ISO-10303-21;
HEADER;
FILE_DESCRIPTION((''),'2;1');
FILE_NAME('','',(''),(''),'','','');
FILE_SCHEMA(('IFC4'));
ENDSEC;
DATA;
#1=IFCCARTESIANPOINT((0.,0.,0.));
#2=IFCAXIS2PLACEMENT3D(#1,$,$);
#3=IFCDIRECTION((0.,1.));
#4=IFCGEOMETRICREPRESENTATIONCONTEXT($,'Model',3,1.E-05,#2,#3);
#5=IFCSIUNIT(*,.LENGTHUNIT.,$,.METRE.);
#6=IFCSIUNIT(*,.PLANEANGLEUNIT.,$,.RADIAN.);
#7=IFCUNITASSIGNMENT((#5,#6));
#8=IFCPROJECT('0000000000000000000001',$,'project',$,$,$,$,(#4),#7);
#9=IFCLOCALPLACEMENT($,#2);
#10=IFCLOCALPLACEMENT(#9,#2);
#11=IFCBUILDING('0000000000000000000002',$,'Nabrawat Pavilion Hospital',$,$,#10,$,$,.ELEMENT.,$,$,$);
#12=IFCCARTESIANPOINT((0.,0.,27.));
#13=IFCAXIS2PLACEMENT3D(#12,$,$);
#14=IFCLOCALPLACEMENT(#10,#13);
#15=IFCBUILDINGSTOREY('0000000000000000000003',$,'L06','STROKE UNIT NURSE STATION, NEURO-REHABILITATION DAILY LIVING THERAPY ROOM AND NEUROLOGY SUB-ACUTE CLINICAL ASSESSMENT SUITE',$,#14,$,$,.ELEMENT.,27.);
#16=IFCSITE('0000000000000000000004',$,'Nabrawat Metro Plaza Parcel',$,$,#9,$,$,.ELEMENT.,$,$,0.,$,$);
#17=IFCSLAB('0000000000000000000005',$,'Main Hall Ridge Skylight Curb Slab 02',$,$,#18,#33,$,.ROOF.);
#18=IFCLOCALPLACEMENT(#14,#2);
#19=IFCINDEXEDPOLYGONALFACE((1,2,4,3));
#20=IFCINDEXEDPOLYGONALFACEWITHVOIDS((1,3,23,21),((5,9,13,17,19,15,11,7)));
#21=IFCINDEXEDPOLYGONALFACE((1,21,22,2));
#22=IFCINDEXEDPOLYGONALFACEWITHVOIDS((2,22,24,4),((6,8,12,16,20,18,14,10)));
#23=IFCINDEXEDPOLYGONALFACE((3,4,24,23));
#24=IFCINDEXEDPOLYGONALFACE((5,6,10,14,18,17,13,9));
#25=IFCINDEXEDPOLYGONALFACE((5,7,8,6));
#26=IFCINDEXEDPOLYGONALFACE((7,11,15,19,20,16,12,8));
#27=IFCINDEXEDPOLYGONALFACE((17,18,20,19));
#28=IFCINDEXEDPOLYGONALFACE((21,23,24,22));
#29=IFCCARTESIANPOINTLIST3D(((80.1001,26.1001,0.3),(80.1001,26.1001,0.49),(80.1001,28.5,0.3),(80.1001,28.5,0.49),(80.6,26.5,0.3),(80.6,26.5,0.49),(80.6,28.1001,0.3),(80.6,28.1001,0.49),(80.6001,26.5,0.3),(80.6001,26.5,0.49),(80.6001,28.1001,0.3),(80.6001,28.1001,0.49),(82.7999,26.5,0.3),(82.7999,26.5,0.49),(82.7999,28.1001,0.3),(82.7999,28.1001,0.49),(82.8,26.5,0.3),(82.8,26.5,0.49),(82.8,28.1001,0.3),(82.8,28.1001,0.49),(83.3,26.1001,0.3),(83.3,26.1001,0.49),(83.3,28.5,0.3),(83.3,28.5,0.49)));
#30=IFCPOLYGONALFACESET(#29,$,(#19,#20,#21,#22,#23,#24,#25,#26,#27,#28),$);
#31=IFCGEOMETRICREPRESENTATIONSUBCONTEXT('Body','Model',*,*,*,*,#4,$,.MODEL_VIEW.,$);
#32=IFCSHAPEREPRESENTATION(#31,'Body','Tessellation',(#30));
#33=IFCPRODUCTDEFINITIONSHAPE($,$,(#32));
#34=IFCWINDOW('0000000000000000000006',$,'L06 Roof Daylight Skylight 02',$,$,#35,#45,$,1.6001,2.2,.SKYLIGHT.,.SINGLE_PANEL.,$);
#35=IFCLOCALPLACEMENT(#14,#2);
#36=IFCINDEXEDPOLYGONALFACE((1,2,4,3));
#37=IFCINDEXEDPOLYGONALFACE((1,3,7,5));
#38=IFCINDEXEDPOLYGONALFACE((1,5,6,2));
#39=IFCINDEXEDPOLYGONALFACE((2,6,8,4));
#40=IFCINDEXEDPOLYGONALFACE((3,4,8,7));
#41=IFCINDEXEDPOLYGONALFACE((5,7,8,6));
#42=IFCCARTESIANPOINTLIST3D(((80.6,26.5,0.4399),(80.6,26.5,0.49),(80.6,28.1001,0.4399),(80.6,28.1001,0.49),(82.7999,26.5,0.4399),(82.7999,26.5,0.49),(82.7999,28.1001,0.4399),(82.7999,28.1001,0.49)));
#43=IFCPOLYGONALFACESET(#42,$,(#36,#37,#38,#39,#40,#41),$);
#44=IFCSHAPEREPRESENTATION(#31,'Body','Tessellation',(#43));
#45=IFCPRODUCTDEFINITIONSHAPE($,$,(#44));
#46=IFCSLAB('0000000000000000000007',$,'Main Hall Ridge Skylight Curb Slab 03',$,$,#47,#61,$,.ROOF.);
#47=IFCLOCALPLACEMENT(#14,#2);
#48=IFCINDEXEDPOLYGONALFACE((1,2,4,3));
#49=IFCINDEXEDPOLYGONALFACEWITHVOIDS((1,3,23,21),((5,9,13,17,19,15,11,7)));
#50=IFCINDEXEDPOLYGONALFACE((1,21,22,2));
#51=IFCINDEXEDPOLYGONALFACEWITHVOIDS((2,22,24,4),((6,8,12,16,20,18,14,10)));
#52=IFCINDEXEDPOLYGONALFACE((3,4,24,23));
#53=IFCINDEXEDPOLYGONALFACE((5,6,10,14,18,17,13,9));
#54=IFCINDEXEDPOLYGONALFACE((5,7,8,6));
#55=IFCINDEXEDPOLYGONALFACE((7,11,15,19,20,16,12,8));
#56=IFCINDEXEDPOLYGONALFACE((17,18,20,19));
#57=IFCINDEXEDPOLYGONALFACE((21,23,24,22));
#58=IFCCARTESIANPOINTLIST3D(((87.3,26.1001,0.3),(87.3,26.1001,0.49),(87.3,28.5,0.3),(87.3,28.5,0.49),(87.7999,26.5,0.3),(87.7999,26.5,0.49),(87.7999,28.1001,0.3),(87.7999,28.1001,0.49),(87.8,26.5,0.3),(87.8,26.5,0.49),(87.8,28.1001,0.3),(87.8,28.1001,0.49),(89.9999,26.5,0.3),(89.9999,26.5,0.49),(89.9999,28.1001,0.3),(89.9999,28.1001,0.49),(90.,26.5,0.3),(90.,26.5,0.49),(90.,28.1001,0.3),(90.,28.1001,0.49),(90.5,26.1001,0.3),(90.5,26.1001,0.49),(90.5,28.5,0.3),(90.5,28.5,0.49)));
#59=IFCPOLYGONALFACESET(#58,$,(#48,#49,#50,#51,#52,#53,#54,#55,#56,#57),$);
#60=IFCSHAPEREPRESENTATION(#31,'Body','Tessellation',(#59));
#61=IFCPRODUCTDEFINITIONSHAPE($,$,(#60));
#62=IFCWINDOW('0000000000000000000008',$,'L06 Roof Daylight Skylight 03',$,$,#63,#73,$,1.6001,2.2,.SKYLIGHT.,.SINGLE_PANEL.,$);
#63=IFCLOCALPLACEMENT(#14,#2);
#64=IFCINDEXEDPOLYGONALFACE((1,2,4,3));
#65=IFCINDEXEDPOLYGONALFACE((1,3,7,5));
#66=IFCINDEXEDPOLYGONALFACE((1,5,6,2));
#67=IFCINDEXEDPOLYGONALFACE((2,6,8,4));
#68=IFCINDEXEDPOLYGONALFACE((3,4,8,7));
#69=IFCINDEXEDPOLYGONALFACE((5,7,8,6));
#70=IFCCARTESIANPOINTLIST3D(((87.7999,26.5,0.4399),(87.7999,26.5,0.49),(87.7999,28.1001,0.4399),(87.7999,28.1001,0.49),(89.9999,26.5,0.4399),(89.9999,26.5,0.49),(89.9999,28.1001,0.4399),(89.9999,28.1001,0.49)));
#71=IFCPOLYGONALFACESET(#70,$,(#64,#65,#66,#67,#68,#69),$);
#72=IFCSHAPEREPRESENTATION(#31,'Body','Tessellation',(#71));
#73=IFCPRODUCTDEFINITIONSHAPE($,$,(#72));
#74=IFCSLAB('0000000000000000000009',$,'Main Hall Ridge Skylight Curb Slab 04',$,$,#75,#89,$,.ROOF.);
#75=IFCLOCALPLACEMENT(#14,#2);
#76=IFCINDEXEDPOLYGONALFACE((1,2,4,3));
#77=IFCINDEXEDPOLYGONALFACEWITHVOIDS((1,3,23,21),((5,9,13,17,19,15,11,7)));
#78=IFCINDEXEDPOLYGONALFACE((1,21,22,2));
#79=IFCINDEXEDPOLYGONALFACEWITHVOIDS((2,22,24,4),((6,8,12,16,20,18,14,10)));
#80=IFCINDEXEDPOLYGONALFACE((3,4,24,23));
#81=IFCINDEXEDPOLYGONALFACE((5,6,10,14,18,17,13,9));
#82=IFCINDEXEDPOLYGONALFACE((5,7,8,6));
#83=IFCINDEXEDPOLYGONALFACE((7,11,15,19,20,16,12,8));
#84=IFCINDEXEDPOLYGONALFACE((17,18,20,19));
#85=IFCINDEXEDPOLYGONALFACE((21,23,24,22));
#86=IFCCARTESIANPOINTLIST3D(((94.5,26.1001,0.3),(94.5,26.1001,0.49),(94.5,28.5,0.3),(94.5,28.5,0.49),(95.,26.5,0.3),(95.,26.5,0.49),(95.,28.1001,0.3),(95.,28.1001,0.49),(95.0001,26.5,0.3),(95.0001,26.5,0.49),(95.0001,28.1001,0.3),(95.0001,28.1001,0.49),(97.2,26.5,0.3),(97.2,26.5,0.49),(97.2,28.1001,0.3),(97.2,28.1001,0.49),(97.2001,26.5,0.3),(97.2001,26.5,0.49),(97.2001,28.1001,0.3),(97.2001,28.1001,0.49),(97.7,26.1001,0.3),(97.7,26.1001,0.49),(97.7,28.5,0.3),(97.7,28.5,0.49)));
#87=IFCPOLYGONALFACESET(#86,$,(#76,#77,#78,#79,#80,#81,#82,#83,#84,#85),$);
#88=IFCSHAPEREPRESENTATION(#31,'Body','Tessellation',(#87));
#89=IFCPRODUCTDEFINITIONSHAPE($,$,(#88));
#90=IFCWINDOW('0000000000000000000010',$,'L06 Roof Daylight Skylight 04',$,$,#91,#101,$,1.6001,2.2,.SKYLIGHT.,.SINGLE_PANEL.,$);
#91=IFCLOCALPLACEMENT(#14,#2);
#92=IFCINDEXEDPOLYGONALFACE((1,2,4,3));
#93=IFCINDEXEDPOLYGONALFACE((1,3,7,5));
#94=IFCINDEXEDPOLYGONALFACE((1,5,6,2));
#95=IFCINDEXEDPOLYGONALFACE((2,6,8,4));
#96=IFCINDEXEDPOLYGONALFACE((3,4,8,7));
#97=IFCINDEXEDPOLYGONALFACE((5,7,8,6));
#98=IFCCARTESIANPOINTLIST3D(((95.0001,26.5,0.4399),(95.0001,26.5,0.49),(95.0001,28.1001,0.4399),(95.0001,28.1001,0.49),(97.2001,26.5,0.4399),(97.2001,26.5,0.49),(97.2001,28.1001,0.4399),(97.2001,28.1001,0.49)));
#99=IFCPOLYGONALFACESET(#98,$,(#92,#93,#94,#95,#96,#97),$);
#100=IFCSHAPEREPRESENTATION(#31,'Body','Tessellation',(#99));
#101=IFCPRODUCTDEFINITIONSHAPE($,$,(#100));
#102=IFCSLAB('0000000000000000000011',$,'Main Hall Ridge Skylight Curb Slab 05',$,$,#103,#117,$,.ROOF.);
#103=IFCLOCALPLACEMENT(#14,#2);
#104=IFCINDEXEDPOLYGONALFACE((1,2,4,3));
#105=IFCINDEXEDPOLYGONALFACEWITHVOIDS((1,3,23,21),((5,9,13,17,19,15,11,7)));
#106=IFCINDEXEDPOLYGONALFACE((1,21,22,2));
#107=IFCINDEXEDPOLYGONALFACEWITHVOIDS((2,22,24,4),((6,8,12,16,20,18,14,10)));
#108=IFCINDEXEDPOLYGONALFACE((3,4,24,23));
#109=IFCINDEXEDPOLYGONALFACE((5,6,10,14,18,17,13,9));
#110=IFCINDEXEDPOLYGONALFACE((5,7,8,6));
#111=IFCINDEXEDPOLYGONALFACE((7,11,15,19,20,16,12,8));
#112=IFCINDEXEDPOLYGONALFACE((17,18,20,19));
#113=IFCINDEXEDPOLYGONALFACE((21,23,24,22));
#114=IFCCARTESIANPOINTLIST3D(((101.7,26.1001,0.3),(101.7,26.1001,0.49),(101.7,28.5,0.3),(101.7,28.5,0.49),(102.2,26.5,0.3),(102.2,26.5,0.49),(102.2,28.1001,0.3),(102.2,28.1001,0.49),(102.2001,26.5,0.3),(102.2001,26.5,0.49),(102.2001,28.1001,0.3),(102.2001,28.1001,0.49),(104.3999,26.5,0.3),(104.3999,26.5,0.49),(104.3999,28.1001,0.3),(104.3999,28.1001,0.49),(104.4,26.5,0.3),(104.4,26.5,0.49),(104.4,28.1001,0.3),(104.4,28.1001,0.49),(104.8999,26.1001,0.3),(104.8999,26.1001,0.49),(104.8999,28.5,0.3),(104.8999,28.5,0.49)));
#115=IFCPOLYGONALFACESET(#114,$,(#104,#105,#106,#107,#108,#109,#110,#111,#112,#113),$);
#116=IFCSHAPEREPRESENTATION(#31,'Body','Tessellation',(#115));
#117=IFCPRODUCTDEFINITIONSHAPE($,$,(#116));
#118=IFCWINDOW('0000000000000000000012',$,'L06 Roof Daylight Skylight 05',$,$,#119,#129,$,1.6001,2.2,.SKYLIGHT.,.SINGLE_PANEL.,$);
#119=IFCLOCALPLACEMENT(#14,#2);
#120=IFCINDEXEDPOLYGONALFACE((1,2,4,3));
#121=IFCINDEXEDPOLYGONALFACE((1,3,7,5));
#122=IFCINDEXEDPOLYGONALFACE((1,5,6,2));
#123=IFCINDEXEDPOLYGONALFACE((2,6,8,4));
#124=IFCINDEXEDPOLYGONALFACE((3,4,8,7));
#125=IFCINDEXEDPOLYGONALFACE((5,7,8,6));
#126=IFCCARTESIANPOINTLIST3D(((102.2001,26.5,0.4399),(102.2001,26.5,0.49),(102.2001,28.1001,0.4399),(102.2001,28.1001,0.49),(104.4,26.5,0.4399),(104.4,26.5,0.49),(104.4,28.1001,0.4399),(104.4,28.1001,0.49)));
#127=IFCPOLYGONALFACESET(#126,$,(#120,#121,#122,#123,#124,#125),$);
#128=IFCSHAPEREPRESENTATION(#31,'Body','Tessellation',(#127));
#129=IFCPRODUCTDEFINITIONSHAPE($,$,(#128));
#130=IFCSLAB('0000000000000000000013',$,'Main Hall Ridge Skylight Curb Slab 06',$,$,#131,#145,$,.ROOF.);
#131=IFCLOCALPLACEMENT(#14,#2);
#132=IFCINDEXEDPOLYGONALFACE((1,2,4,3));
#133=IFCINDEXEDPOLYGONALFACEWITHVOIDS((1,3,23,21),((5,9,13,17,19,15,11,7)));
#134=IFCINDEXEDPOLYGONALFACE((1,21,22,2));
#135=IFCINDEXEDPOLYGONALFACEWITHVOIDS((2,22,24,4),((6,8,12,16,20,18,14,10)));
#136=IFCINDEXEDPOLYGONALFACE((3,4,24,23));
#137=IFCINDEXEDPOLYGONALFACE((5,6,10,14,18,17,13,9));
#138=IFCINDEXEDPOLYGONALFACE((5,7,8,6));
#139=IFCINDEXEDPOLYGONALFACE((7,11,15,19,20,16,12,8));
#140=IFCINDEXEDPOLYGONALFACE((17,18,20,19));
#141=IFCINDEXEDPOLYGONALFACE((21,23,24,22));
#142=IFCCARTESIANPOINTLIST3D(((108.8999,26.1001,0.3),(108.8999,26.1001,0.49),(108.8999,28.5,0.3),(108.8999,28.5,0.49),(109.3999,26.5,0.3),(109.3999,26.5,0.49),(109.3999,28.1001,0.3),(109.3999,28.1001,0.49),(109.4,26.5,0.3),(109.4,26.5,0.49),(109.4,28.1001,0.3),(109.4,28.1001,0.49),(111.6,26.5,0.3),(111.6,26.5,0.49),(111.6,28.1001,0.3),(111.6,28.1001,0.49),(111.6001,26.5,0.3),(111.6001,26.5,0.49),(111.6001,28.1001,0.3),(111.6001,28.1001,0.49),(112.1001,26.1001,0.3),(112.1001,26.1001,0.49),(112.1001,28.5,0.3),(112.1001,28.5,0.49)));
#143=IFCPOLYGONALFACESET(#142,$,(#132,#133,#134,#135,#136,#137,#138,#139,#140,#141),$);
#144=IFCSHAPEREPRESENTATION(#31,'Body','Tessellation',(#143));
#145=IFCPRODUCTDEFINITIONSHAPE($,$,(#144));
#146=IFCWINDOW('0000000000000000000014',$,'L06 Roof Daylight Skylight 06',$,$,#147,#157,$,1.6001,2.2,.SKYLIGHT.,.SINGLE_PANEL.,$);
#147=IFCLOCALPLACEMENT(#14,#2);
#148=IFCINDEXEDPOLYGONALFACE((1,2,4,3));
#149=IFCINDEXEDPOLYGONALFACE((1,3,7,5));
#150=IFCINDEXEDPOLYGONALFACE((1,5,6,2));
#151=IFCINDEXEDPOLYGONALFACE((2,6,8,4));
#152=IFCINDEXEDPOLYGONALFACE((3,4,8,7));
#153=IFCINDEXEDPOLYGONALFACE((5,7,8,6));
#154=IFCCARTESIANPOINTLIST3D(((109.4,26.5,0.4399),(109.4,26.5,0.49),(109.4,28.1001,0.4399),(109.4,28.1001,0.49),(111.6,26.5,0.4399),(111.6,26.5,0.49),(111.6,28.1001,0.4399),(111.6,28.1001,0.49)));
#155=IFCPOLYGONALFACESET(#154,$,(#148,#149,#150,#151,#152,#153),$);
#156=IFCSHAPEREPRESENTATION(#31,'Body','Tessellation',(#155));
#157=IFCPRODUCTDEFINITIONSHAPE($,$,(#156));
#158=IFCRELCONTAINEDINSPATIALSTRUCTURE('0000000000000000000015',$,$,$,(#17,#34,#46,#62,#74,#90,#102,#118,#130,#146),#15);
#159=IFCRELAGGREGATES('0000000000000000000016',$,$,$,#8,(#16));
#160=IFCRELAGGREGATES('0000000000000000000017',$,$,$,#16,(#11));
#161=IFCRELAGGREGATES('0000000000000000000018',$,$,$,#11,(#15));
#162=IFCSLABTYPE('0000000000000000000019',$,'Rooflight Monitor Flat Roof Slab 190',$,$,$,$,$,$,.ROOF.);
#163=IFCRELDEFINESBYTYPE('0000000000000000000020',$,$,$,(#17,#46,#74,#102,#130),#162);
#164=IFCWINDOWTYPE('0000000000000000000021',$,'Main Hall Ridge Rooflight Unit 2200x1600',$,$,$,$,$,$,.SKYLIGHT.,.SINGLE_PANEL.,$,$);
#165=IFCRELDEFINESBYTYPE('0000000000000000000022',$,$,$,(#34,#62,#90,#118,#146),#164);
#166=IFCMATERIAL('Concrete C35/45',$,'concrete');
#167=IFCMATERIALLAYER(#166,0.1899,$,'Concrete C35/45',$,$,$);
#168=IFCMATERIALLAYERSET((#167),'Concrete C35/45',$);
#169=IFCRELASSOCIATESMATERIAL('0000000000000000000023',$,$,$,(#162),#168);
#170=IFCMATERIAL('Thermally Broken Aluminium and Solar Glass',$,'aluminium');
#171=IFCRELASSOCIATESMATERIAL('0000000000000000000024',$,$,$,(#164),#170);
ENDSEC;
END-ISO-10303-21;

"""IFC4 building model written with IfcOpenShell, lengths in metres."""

from ifc_helpers import new_model, si_unit, direction, frame, origin, origin_2d, place, context, subcontext, project, spatial, polyline, rectangle, outline, extrude, material, layer, layer_set, type_object, element, fill, save


model = new_model("IFC4")

# Units and contexts
model_context = context("Model", 3, precision=1e-05, world=origin(), true_north=direction((0.0, 1.0)))
body_context = subcontext(model_context, "Body", "Model", "MODEL_VIEW")
ifc_project = project(units=[si_unit("LENGTHUNIT", "METRE"), si_unit("PLANEANGLEUNIT", "RADIAN")], contexts=[model_context])

# Site, building, storey
site_placement = place(None, origin())
site = spatial("IfcSite", under=ifc_project, at=site_placement, Name="Nabrawat Metro Plaza Parcel", CompositionType="ELEMENT", RefElevation=0.0)
building_placement = place(site_placement, origin())
building = spatial("IfcBuilding", under=site, at=building_placement, Name="Nabrawat Pavilion Hospital", CompositionType="ELEMENT")
storey_placement = place(building_placement, frame((0.0, 0.0, 27.0)))
storey = spatial("IfcBuildingStorey", under=building, at=storey_placement, Name="L06", Description="STROKE UNIT NURSE STATION, NEURO-REHABILITATION DAILY LIVING THERAPY ROOM AND NEUROLOGY SUB-ACUTE CLINICAL ASSESSMENT SUITE", CompositionType="ELEMENT", Elevation=27.0)

# Shared definitions
ifc_material_1 = material(Name="Concrete C35/45", Category="concrete")

# Slabs, openings, windows
ifc_layer_1 = layer(ifc_material_1, 0.1899, Name="Concrete C35/45")
ifc_layer_set_1 = layer_set([ifc_layer_1], Name="Concrete C35/45")
slab_type_1 = type_object("IfcSlabType", Name="Rooflight Monitor Flat Roof Slab 190", PredefinedType="ROOF", material=ifc_layer_set_1)
ifc_material_2 = material(Name="Thermally Broken Aluminium and Solar Glass", Category="aluminium")
window_type = type_object("IfcWindowType", Name="Main Hall Ridge Rooflight Unit 2200x1600", PartitioningType="SINGLE_PANEL", PredefinedType="SKYLIGHT", material=ifc_material_2)
slab_1_placement = place(storey_placement, frame((0.0, 0.0, 0.3)))
slab_1 = element("IfcSlab", 1, at=slab_1_placement, inside=storey, type_object=slab_type_1, Name="Main Hall Ridge Skylight Curb Slab 02", PredefinedType="ROOF", context=body_context, shape_type="SweptSolid", body=[
    extrude(outline(polyline([(80.1001, 26.1001), (83.3, 26.1001), (83.3, 28.5), (80.1001, 28.5), (80.1001, 26.1001)]), holes=[polyline([(80.6001, 26.5), (80.6001, 28.1001), (82.8, 28.1001), (82.8, 26.5), (80.6001, 26.5)])]), origin(), (0.0, 0.0, 1.0), 0.1899),
])
opening_1_placement = place(slab_1_placement, frame((81.7, 27.3, -0.01)))
opening_1 = element("IfcOpeningElement", 2, at=opening_1_placement, cuts=slab_1, PredefinedType="OPENING", context=body_context, shape_type="SweptSolid", body=[
    extrude(rectangle(XDim=2.2, YDim=1.6001, at=origin_2d()), origin(), (0.0, 0.0, 1.0), 0.21),
])
window_1_placement = place(opening_1_placement, frame((0.0, 0.0, 0.1499)))
window_1 = element("IfcWindow", 3, at=window_1_placement, inside=storey, type_object=window_type, Name="L06 Roof Daylight Skylight 02", OverallHeight=1.6001, OverallWidth=2.2, PartitioningType="SINGLE_PANEL", PredefinedType="SKYLIGHT", context=body_context, shape_type="SweptSolid", body=[
    extrude(rectangle(XDim=2.2, YDim=1.6001, at=origin_2d()), origin(), (0.0, 0.0, 1.0), 0.05),
])
fill(opening_1, window_1)
slab_2_placement = place(storey_placement, frame((0.0, 0.0, 0.3)))
slab_2 = element("IfcSlab", 4, at=slab_2_placement, inside=storey, type_object=slab_type_1, Name="Main Hall Ridge Skylight Curb Slab 03", PredefinedType="ROOF", context=body_context, shape_type="SweptSolid", body=[
    extrude(outline(polyline([(87.3, 26.1001), (90.5, 26.1001), (90.5, 28.5), (87.3, 28.5), (87.3, 26.1001)]), holes=[polyline([(87.8, 26.5), (87.8, 28.1001), (90.0, 28.1001), (90.0, 26.5), (87.8, 26.5)])]), origin(), (0.0, 0.0, 1.0), 0.1899),
])
opening_2_placement = place(slab_2_placement, frame((88.8999, 27.3, -0.01)))
opening_2 = element("IfcOpeningElement", 5, at=opening_2_placement, cuts=slab_2, PredefinedType="OPENING", context=body_context, shape_type="SweptSolid", body=[
    extrude(rectangle(XDim=2.2, YDim=1.6001, at=origin_2d()), origin(), (0.0, 0.0, 1.0), 0.21),
])
window_2_placement = place(opening_2_placement, frame((0.0, 0.0, 0.1499)))
window_2 = element("IfcWindow", 6, at=window_2_placement, inside=storey, type_object=window_type, Name="L06 Roof Daylight Skylight 03", OverallHeight=1.6001, OverallWidth=2.2, PartitioningType="SINGLE_PANEL", PredefinedType="SKYLIGHT", context=body_context, shape_type="SweptSolid", body=[
    extrude(rectangle(XDim=2.2, YDim=1.6001, at=origin_2d()), origin(), (0.0, 0.0, 1.0), 0.05),
])
fill(opening_2, window_2)
slab_3_placement = place(storey_placement, frame((0.0, 0.0, 0.3)))
slab_3 = element("IfcSlab", 7, at=slab_3_placement, inside=storey, type_object=slab_type_1, Name="Main Hall Ridge Skylight Curb Slab 04", PredefinedType="ROOF", context=body_context, shape_type="SweptSolid", body=[
    extrude(outline(polyline([(94.5, 26.1001), (97.7, 26.1001), (97.7, 28.5), (94.5, 28.5), (94.5, 26.1001)]), holes=[polyline([(95.0, 26.5), (95.0, 28.1001), (97.2, 28.1001), (97.2, 26.5), (95.0, 26.5)])]), origin(), (0.0, 0.0, 1.0), 0.1899),
])
opening_3_placement = place(slab_3_placement, frame((96.1001, 27.3, -0.01)))
opening_3 = element("IfcOpeningElement", 8, at=opening_3_placement, cuts=slab_3, PredefinedType="OPENING", context=body_context, shape_type="SweptSolid", body=[
    extrude(rectangle(XDim=2.2, YDim=1.6001, at=origin_2d()), origin(), (0.0, 0.0, 1.0), 0.21),
])
window_3_placement = place(opening_3_placement, frame((0.0, 0.0, 0.1499)))
window_3 = element("IfcWindow", 9, at=window_3_placement, inside=storey, type_object=window_type, Name="L06 Roof Daylight Skylight 04", OverallHeight=1.6001, OverallWidth=2.2, PartitioningType="SINGLE_PANEL", PredefinedType="SKYLIGHT", context=body_context, shape_type="SweptSolid", body=[
    extrude(rectangle(XDim=2.2, YDim=1.6001, at=origin_2d()), origin(), (0.0, 0.0, 1.0), 0.05),
])
fill(opening_3, window_3)
slab_4_placement = place(storey_placement, frame((0.0, 0.0, 0.3)))
slab_4 = element("IfcSlab", 10, at=slab_4_placement, inside=storey, type_object=slab_type_1, Name="Main Hall Ridge Skylight Curb Slab 05", PredefinedType="ROOF", context=body_context, shape_type="SweptSolid", body=[
    extrude(outline(polyline([(101.7, 26.1001), (104.8999, 26.1001), (104.8999, 28.5), (101.7, 28.5), (101.7, 26.1001)]), holes=[polyline([(102.2, 26.5), (102.2, 28.1001), (104.3999, 28.1001), (104.3999, 26.5), (102.2, 26.5)])]), origin(), (0.0, 0.0, 1.0), 0.1899),
])
opening_4_placement = place(slab_4_placement, frame((103.3, 27.3, -0.01)))
opening_4 = element("IfcOpeningElement", 11, at=opening_4_placement, cuts=slab_4, PredefinedType="OPENING", context=body_context, shape_type="SweptSolid", body=[
    extrude(rectangle(XDim=2.2, YDim=1.6001, at=origin_2d()), origin(), (0.0, 0.0, 1.0), 0.21),
])
window_4_placement = place(opening_4_placement, frame((0.0, 0.0, 0.1499)))
window_4 = element("IfcWindow", 12, at=window_4_placement, inside=storey, type_object=window_type, Name="L06 Roof Daylight Skylight 05", OverallHeight=1.6001, OverallWidth=2.2, PartitioningType="SINGLE_PANEL", PredefinedType="SKYLIGHT", context=body_context, shape_type="SweptSolid", body=[
    extrude(rectangle(XDim=2.2, YDim=1.6001, at=origin_2d()), origin(), (0.0, 0.0, 1.0), 0.05),
])
fill(opening_4, window_4)
slab_5_placement = place(storey_placement, frame((0.0, 0.0, 0.3)))
slab_5 = element("IfcSlab", 13, at=slab_5_placement, inside=storey, type_object=slab_type_1, Name="Main Hall Ridge Skylight Curb Slab 06", PredefinedType="ROOF", context=body_context, shape_type="SweptSolid", body=[
    extrude(outline(polyline([(108.8999, 26.1001), (112.1001, 26.1001), (112.1001, 28.5), (108.8999, 28.5), (108.8999, 26.1001)]), holes=[polyline([(109.3999, 26.5), (109.3999, 28.1001), (111.6001, 28.1001), (111.6001, 26.5), (109.3999, 26.5)])]), origin(), (0.0, 0.0, 1.0), 0.1899),
])
opening_5_placement = place(slab_5_placement, frame((110.5, 27.3, -0.01)))
opening_5 = element("IfcOpeningElement", 14, at=opening_5_placement, cuts=slab_5, PredefinedType="OPENING", context=body_context, shape_type="SweptSolid", body=[
    extrude(rectangle(XDim=2.2, YDim=1.6001, at=origin_2d()), origin(), (0.0, 0.0, 1.0), 0.21),
])
window_5_placement = place(opening_5_placement, frame((0.0, 0.0, 0.1499)))
window_5 = element("IfcWindow", 15, at=window_5_placement, inside=storey, type_object=window_type, Name="L06 Roof Daylight Skylight 06", OverallHeight=1.6001, OverallWidth=2.2, PartitioningType="SINGLE_PANEL", PredefinedType="SKYLIGHT", context=body_context, shape_type="SweptSolid", body=[
    extrude(rectangle(XDim=2.2, YDim=1.6001, at=origin_2d()), origin(), (0.0, 0.0, 1.0), 0.05),
])
fill(opening_5, window_5)

save(model, "model.ifc")
